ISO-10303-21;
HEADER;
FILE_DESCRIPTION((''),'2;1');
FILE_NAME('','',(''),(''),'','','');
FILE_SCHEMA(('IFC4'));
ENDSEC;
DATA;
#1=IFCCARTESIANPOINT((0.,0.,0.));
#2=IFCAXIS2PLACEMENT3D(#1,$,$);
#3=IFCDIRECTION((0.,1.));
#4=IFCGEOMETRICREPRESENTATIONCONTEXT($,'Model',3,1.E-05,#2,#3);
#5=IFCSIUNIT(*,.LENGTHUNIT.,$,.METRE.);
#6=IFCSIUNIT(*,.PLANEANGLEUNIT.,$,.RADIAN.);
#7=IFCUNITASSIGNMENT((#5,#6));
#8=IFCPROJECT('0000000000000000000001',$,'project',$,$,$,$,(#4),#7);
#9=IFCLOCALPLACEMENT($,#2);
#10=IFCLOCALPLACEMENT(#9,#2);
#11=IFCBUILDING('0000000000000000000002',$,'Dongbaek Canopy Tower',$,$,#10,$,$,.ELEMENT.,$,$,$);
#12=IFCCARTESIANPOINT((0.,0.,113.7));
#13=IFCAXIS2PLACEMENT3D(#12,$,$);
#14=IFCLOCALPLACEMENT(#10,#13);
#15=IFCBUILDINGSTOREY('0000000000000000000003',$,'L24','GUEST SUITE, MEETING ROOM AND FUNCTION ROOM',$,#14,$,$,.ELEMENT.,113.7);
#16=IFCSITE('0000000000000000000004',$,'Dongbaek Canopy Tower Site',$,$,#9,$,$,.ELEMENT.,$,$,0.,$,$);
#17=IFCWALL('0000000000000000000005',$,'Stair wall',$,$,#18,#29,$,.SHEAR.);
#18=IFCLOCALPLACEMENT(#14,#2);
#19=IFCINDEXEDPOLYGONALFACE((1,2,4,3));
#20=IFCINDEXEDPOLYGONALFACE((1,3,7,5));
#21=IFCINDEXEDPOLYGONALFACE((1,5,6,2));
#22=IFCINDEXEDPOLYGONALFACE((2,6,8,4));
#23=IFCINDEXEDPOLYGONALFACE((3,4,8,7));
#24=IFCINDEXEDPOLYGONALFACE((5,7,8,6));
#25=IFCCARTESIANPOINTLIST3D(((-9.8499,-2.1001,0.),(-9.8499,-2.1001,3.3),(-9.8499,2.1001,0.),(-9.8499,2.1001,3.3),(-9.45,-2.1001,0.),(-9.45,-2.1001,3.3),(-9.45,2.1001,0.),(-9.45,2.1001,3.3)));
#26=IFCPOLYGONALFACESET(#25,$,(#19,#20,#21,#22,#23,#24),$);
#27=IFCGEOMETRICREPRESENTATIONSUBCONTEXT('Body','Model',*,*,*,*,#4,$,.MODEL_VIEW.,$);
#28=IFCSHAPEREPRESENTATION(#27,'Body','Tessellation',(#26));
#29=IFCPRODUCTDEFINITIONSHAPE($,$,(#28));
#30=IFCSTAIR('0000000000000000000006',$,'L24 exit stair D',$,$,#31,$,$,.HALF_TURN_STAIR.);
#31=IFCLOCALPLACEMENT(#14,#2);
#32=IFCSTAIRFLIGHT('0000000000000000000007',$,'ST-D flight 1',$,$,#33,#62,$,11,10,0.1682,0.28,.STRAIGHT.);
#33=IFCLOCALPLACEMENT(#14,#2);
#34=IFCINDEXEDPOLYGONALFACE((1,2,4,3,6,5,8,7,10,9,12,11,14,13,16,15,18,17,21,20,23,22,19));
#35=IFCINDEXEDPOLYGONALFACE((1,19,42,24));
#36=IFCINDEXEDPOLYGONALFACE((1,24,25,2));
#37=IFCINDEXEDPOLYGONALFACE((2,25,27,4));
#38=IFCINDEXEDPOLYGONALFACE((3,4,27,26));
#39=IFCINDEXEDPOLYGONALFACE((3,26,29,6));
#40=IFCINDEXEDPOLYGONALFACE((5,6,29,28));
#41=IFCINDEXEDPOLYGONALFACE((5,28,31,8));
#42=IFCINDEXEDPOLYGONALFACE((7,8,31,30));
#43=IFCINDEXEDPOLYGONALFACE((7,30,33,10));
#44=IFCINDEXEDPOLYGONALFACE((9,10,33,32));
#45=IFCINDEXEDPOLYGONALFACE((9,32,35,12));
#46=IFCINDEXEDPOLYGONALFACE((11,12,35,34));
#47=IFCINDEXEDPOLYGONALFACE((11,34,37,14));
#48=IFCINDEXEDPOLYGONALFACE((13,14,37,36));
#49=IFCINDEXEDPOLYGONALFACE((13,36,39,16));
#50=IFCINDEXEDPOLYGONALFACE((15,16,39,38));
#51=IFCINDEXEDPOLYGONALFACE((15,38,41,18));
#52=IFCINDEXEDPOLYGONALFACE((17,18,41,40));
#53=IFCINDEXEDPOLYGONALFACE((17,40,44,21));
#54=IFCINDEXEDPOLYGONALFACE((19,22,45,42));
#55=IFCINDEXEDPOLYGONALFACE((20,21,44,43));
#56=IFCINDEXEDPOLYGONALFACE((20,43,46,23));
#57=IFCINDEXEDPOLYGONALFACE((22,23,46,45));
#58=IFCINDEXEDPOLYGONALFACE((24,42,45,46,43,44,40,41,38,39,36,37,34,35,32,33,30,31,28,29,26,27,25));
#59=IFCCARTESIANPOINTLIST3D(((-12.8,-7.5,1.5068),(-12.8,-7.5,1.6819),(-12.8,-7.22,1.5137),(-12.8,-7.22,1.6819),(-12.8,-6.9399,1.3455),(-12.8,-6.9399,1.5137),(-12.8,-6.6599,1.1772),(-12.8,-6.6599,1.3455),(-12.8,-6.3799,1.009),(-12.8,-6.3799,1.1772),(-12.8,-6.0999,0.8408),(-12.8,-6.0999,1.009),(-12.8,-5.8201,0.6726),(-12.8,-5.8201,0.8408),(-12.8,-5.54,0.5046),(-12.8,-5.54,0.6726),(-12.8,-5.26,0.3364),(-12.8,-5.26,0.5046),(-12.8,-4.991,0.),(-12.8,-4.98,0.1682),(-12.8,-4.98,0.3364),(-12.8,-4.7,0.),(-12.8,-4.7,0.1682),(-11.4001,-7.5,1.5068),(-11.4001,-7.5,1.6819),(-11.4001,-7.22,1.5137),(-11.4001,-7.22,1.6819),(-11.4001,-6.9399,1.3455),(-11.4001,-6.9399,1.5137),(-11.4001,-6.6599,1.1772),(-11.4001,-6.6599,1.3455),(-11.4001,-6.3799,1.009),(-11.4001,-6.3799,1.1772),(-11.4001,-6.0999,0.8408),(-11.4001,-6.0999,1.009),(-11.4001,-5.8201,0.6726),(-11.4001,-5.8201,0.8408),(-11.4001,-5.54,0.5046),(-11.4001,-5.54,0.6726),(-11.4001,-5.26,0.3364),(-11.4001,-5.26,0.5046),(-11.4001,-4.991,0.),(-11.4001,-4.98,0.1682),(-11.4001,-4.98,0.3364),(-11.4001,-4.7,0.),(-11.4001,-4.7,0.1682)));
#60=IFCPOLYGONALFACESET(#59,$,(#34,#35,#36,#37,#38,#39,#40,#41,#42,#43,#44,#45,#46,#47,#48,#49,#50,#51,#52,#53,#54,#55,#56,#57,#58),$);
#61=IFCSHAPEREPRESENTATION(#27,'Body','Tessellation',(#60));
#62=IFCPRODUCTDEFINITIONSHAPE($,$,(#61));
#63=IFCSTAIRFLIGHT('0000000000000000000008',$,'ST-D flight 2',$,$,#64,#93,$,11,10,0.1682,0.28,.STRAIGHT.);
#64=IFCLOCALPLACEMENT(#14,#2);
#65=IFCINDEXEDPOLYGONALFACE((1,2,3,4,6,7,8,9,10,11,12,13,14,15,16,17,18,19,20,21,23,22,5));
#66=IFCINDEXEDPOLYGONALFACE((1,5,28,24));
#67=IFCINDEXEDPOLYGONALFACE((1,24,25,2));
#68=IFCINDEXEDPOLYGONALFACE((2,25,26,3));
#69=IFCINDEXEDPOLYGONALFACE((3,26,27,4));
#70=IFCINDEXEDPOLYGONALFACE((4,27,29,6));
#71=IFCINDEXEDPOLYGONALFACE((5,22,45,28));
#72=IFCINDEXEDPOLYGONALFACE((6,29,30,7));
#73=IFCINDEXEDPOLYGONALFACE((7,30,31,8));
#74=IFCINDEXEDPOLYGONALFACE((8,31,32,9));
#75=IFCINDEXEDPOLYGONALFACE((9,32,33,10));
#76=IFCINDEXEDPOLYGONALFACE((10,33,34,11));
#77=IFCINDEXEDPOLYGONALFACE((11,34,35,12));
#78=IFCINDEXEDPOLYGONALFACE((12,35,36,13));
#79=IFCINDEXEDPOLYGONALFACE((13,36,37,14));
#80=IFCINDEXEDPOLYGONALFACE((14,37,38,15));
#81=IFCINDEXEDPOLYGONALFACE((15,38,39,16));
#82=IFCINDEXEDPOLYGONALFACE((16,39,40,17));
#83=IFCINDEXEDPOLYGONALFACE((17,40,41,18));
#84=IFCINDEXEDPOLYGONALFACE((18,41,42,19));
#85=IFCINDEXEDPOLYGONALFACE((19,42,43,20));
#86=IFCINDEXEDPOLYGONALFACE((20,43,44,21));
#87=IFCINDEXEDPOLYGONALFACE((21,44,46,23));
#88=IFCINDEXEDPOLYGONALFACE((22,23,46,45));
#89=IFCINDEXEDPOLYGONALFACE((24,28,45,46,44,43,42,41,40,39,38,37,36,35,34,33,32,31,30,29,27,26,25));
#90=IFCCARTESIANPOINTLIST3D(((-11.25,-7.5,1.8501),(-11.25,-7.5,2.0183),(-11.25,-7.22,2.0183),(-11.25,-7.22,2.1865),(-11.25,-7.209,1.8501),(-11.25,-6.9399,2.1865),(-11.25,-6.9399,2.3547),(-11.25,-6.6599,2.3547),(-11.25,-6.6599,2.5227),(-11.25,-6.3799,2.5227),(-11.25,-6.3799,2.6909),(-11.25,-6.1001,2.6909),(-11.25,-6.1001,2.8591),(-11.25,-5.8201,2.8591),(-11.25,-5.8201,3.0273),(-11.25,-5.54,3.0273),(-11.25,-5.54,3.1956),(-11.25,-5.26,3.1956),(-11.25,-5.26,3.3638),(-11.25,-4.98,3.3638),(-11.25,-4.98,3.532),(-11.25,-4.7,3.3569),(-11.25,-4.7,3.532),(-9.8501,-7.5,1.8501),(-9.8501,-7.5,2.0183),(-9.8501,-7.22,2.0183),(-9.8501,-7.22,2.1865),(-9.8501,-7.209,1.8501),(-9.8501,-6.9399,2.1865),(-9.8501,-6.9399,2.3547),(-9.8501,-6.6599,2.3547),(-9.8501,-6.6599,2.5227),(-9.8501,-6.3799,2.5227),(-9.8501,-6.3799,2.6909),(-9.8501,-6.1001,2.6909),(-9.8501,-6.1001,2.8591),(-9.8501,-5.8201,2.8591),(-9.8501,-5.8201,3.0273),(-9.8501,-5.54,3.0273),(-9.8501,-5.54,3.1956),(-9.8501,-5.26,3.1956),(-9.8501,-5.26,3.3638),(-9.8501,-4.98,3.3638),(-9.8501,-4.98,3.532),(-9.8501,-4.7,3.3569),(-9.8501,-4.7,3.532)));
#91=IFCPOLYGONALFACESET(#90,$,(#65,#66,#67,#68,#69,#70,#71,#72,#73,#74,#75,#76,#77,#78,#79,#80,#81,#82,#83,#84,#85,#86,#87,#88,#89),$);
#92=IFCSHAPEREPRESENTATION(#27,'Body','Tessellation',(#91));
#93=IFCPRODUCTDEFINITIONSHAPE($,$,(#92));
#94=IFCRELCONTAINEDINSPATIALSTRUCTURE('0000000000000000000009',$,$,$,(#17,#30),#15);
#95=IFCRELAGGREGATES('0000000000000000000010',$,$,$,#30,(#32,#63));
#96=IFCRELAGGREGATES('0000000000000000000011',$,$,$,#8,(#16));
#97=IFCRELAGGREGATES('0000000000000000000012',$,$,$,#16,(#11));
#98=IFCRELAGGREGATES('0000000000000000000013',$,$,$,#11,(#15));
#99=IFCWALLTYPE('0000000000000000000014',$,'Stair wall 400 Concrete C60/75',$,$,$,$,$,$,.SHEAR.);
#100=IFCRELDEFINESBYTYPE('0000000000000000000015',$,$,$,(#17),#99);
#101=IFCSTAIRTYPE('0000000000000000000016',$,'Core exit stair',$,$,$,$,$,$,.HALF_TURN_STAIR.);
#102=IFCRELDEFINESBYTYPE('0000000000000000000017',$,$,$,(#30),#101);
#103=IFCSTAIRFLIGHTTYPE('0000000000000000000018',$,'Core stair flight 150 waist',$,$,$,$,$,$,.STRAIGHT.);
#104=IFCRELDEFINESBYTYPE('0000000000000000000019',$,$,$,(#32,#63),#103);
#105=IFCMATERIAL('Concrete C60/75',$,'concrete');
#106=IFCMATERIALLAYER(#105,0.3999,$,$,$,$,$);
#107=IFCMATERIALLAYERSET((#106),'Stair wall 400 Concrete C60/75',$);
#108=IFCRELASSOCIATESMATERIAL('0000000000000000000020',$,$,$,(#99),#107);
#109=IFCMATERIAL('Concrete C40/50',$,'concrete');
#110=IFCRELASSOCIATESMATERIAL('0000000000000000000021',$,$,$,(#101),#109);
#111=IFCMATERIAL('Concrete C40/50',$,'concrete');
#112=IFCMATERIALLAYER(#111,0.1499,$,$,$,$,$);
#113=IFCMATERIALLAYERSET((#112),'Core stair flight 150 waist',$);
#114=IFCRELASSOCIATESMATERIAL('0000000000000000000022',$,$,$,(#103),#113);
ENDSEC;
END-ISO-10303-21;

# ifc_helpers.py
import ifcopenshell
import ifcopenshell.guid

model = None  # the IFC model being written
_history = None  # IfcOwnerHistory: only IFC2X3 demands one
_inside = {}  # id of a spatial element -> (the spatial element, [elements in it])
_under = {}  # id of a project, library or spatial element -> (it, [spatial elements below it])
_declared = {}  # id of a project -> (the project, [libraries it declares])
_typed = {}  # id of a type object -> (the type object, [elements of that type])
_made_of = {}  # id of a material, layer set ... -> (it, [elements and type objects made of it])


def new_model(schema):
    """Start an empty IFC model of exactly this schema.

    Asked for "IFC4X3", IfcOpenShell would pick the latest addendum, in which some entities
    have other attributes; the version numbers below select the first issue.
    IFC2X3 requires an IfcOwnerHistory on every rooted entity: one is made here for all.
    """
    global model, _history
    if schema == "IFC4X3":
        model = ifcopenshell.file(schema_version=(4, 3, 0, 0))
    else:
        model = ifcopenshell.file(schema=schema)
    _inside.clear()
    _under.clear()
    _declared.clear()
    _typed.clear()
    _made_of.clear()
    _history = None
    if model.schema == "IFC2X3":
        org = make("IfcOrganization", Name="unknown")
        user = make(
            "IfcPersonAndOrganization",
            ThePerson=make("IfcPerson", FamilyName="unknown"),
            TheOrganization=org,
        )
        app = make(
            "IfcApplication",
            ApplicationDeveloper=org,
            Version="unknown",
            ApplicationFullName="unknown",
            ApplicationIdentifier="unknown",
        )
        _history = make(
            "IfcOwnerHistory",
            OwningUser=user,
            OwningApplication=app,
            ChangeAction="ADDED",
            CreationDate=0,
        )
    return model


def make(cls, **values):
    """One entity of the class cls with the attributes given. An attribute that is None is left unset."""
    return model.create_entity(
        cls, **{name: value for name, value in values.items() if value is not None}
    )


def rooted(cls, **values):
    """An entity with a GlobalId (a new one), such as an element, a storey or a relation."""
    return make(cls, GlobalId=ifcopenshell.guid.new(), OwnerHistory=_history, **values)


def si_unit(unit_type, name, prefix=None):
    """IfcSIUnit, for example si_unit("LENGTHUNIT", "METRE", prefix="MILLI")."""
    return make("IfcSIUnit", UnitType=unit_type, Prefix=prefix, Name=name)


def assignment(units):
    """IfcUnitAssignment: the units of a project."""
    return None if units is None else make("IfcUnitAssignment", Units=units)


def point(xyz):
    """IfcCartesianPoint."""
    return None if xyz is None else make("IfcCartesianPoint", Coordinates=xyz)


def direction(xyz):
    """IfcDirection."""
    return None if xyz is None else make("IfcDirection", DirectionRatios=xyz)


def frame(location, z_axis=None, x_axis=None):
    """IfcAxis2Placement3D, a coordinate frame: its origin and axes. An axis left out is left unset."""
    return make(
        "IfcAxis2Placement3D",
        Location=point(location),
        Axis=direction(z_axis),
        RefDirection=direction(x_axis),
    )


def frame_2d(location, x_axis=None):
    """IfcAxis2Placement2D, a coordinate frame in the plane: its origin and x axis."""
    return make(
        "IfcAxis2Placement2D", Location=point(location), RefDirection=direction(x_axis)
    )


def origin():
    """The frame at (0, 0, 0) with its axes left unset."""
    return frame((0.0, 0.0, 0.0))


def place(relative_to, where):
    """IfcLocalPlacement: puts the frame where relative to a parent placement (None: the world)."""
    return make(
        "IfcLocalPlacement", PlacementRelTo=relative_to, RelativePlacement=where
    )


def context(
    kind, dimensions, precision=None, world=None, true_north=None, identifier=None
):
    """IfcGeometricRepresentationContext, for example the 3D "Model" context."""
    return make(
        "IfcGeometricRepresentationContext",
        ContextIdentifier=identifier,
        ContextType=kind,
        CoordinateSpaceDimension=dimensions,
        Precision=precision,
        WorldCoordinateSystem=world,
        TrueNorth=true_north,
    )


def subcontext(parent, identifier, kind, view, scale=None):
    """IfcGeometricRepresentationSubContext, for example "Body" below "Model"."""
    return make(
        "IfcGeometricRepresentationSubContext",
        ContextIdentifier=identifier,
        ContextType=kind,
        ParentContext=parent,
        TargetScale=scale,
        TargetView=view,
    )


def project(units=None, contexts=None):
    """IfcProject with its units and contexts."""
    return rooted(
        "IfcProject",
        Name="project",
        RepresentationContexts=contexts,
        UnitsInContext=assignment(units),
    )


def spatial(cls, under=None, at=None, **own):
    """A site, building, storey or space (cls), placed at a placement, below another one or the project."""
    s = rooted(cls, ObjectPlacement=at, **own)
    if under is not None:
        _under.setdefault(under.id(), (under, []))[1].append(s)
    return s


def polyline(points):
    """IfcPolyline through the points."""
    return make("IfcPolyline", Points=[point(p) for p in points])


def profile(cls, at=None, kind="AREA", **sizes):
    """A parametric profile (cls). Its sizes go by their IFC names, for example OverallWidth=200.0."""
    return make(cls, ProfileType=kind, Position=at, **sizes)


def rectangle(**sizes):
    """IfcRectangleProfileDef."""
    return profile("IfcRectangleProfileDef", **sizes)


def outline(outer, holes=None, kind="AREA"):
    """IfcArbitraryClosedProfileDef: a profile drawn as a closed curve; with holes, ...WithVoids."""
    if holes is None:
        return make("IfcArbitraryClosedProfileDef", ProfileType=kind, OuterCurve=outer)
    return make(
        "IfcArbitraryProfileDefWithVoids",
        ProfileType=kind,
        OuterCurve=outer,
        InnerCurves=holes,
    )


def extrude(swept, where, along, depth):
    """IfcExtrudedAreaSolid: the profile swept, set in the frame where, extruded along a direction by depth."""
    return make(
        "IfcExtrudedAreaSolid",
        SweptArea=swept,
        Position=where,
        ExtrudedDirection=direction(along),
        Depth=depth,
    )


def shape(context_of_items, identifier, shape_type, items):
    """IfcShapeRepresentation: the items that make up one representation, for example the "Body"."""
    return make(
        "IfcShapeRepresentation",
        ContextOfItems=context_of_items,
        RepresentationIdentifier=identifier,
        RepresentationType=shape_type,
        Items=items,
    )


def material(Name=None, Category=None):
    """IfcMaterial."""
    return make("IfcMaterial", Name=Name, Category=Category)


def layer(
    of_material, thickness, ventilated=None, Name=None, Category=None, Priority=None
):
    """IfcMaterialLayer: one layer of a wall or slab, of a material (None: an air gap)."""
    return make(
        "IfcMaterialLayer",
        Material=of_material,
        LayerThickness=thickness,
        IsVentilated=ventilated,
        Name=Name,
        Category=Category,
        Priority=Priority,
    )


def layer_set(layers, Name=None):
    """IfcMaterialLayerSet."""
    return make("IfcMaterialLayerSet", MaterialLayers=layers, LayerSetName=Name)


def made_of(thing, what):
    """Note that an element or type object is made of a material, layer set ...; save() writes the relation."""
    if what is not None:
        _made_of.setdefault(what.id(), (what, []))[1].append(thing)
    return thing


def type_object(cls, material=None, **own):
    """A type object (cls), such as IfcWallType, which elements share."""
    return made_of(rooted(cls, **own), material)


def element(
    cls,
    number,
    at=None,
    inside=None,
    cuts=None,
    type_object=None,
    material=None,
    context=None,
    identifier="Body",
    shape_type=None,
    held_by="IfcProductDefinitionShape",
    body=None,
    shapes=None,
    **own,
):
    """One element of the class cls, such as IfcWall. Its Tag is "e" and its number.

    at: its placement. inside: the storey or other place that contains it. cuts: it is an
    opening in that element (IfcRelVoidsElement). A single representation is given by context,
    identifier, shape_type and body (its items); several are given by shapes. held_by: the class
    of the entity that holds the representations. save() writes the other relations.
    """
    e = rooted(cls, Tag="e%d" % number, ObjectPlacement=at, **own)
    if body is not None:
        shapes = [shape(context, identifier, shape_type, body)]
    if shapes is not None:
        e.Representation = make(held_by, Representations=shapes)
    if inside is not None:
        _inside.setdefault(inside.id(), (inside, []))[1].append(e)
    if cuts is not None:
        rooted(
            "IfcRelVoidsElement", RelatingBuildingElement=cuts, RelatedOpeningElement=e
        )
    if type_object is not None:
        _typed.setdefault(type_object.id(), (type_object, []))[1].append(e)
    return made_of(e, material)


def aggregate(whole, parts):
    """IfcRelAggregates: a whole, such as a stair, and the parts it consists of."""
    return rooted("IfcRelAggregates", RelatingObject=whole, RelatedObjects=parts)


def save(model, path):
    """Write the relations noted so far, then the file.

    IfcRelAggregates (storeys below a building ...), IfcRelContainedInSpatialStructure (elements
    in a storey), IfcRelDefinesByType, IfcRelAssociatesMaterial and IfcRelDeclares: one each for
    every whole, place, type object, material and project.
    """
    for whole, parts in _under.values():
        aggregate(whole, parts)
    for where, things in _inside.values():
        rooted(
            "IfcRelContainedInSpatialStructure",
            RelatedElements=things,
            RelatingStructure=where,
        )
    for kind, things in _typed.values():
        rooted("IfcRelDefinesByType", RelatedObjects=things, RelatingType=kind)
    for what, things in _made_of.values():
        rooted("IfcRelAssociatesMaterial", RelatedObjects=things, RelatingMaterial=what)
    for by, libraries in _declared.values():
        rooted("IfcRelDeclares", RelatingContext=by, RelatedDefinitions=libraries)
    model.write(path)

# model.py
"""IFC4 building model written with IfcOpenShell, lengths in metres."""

from ifc_helpers import new_model, si_unit, direction, frame, frame_2d, origin, place, context, subcontext, project, spatial, polyline, rectangle, outline, extrude, material, layer, layer_set, type_object, element, aggregate, save


model = new_model("IFC4")

# Units and contexts
model_context = context("Model", 3, precision=1e-05, world=origin(), true_north=direction((0.0, 1.0)))
body_context = subcontext(model_context, "Body", "Model", "MODEL_VIEW")
ifc_project = project(units=[si_unit("LENGTHUNIT", "METRE"), si_unit("PLANEANGLEUNIT", "RADIAN")], contexts=[model_context])

# Site, building, storey
site_placement = place(None, origin())
site = spatial("IfcSite", under=ifc_project, at=site_placement, Name="Dongbaek Canopy Tower Site", CompositionType="ELEMENT", RefElevation=0.0)
building_placement = place(site_placement, origin())
building = spatial("IfcBuilding", under=site, at=building_placement, Name="Dongbaek Canopy Tower", CompositionType="ELEMENT")
storey_placement = place(building_placement, frame((0.0, 0.0, 113.7)))
storey = spatial("IfcBuildingStorey", under=building, at=storey_placement, Name="L24", Description="GUEST SUITE, MEETING ROOM AND FUNCTION ROOM", CompositionType="ELEMENT", Elevation=113.7)

# Shared definitions
ifc_material_1 = material(Name="Concrete C60/75", Category="concrete")
ifc_layer_1 = layer(ifc_material_1, 0.3999)
ifc_layer_set_1 = layer_set([ifc_layer_1], Name="Stair wall 400 Concrete C60/75")
wall_type_1 = type_object("IfcWallType", Name="Stair wall 400 Concrete C60/75", PredefinedType="SHEAR", material=ifc_layer_set_1)

# Wall
wall_1_placement = place(storey_placement, frame((-9.6499, -2.1001, 0.0), z_axis=(0.0, 0.0, 1.0), x_axis=(0.0, 1.0, 0.0)))
element("IfcWall", 1, at=wall_1_placement, inside=storey, type_object=wall_type_1, Name="Stair wall", PredefinedType="SHEAR", context=body_context, shape_type="SweptSolid", body=[
    extrude(rectangle(XDim=4.2002, YDim=0.3999, at=frame_2d((2.1001, 0.0))), origin(), (0.0, 0.0, 1.0), 3.3),
])

# Stair, stair flights
ifc_material_2 = material(Name="Concrete C40/50", Category="concrete")
stair_type = type_object("IfcStairType", Name="Core exit stair", PredefinedType="HALF_TURN_STAIR", material=ifc_material_2)
stair_placement = place(storey_placement, origin())
stair = element("IfcStair", 2, at=stair_placement, inside=storey, type_object=stair_type, Name="L24 exit stair D", PredefinedType="HALF_TURN_STAIR")
ifc_material_3 = material(Name="Concrete C40/50", Category="concrete")
ifc_layer_2 = layer(ifc_material_3, 0.1499)
ifc_layer_set_2 = layer_set([ifc_layer_2], Name="Core stair flight 150 waist")
stair_flight_type = type_object("IfcStairFlightType", Name="Core stair flight 150 waist", PredefinedType="STRAIGHT", material=ifc_layer_set_2)
stair_flight_1_placement = place(storey_placement, frame((-12.1001, -4.7, 0.0), z_axis=(0.0, 0.0, 1.0), x_axis=(0.0, -1.0, 0.0)))
stair_flight_1 = element("IfcStairFlight", 3, at=stair_flight_1_placement, type_object=stair_flight_type, Name="ST-D flight 1", NumberOfRisers=11, NumberOfTreads=10, PredefinedType="STRAIGHT", RiserHeight=0.1682, TreadLength=0.28, context=body_context, shape_type="SweptSolid", body=[
    extrude(outline(polyline([(0.0, 0.0), (0.0, 0.1682), (0.28, 0.1682), (0.28, 0.3364), (0.5601, 0.3364), (0.5601, 0.5046), (0.8401, 0.5046), (0.8401, 0.6726), (1.1201, 0.6726), (1.1201, 0.8408), (1.3999, 0.8408), (1.3999, 1.009), (1.6799, 1.009), (1.6799, 1.1772), (1.96, 1.1772), (1.96, 1.3455), (2.24, 1.3455), (2.24, 1.5137), (2.52, 1.5137), (2.52, 1.6819), (2.8, 1.6819), (2.8, 1.8501), (2.8, 1.5068), (0.291, 0.0), (0.0, 0.0)])), frame((0.0, 0.7, 0.0), z_axis=(0.0, -1.0, 0.0), x_axis=(1.0, 0.0, 0.0)), (0.0, 0.0, 1.0), 1.3999),
])
stair_flight_2_placement = place(storey_placement, frame((-10.55, -7.5, 1.8501), z_axis=(0.0, 0.0, 1.0), x_axis=(0.0, 1.0, 0.0)))
stair_flight_2 = element("IfcStairFlight", 4, at=stair_flight_2_placement, type_object=stair_flight_type, Name="ST-D flight 2", NumberOfRisers=11, NumberOfTreads=10, PredefinedType="STRAIGHT", RiserHeight=0.1682, TreadLength=0.28, context=body_context, shape_type="SweptSolid", body=[
    extrude(outline(polyline([(0.0, 0.0), (0.0, 0.1682), (0.28, 0.1682), (0.28, 0.3364), (0.5601, 0.3364), (0.5601, 0.5046), (0.8401, 0.5046), (0.8401, 0.6726), (1.1201, 0.6726), (1.1201, 0.8408), (1.3999, 0.8408), (1.3999, 1.009), (1.6799, 1.009), (1.6799, 1.1772), (1.96, 1.1772), (1.96, 1.3455), (2.24, 1.3455), (2.24, 1.5137), (2.52, 1.5137), (2.52, 1.6819), (2.8, 1.6819), (2.8, 1.8501), (2.8, 1.5068), (0.291, 0.0), (0.0, 0.0)])), frame((0.0, 0.7, 0.0), z_axis=(0.0, -1.0, 0.0), x_axis=(1.0, 0.0, 0.0)), (0.0, 0.0, 1.0), 1.3999),
])
aggregate(stair, [stair_flight_1, stair_flight_2])

save(model, "model.ifc")
